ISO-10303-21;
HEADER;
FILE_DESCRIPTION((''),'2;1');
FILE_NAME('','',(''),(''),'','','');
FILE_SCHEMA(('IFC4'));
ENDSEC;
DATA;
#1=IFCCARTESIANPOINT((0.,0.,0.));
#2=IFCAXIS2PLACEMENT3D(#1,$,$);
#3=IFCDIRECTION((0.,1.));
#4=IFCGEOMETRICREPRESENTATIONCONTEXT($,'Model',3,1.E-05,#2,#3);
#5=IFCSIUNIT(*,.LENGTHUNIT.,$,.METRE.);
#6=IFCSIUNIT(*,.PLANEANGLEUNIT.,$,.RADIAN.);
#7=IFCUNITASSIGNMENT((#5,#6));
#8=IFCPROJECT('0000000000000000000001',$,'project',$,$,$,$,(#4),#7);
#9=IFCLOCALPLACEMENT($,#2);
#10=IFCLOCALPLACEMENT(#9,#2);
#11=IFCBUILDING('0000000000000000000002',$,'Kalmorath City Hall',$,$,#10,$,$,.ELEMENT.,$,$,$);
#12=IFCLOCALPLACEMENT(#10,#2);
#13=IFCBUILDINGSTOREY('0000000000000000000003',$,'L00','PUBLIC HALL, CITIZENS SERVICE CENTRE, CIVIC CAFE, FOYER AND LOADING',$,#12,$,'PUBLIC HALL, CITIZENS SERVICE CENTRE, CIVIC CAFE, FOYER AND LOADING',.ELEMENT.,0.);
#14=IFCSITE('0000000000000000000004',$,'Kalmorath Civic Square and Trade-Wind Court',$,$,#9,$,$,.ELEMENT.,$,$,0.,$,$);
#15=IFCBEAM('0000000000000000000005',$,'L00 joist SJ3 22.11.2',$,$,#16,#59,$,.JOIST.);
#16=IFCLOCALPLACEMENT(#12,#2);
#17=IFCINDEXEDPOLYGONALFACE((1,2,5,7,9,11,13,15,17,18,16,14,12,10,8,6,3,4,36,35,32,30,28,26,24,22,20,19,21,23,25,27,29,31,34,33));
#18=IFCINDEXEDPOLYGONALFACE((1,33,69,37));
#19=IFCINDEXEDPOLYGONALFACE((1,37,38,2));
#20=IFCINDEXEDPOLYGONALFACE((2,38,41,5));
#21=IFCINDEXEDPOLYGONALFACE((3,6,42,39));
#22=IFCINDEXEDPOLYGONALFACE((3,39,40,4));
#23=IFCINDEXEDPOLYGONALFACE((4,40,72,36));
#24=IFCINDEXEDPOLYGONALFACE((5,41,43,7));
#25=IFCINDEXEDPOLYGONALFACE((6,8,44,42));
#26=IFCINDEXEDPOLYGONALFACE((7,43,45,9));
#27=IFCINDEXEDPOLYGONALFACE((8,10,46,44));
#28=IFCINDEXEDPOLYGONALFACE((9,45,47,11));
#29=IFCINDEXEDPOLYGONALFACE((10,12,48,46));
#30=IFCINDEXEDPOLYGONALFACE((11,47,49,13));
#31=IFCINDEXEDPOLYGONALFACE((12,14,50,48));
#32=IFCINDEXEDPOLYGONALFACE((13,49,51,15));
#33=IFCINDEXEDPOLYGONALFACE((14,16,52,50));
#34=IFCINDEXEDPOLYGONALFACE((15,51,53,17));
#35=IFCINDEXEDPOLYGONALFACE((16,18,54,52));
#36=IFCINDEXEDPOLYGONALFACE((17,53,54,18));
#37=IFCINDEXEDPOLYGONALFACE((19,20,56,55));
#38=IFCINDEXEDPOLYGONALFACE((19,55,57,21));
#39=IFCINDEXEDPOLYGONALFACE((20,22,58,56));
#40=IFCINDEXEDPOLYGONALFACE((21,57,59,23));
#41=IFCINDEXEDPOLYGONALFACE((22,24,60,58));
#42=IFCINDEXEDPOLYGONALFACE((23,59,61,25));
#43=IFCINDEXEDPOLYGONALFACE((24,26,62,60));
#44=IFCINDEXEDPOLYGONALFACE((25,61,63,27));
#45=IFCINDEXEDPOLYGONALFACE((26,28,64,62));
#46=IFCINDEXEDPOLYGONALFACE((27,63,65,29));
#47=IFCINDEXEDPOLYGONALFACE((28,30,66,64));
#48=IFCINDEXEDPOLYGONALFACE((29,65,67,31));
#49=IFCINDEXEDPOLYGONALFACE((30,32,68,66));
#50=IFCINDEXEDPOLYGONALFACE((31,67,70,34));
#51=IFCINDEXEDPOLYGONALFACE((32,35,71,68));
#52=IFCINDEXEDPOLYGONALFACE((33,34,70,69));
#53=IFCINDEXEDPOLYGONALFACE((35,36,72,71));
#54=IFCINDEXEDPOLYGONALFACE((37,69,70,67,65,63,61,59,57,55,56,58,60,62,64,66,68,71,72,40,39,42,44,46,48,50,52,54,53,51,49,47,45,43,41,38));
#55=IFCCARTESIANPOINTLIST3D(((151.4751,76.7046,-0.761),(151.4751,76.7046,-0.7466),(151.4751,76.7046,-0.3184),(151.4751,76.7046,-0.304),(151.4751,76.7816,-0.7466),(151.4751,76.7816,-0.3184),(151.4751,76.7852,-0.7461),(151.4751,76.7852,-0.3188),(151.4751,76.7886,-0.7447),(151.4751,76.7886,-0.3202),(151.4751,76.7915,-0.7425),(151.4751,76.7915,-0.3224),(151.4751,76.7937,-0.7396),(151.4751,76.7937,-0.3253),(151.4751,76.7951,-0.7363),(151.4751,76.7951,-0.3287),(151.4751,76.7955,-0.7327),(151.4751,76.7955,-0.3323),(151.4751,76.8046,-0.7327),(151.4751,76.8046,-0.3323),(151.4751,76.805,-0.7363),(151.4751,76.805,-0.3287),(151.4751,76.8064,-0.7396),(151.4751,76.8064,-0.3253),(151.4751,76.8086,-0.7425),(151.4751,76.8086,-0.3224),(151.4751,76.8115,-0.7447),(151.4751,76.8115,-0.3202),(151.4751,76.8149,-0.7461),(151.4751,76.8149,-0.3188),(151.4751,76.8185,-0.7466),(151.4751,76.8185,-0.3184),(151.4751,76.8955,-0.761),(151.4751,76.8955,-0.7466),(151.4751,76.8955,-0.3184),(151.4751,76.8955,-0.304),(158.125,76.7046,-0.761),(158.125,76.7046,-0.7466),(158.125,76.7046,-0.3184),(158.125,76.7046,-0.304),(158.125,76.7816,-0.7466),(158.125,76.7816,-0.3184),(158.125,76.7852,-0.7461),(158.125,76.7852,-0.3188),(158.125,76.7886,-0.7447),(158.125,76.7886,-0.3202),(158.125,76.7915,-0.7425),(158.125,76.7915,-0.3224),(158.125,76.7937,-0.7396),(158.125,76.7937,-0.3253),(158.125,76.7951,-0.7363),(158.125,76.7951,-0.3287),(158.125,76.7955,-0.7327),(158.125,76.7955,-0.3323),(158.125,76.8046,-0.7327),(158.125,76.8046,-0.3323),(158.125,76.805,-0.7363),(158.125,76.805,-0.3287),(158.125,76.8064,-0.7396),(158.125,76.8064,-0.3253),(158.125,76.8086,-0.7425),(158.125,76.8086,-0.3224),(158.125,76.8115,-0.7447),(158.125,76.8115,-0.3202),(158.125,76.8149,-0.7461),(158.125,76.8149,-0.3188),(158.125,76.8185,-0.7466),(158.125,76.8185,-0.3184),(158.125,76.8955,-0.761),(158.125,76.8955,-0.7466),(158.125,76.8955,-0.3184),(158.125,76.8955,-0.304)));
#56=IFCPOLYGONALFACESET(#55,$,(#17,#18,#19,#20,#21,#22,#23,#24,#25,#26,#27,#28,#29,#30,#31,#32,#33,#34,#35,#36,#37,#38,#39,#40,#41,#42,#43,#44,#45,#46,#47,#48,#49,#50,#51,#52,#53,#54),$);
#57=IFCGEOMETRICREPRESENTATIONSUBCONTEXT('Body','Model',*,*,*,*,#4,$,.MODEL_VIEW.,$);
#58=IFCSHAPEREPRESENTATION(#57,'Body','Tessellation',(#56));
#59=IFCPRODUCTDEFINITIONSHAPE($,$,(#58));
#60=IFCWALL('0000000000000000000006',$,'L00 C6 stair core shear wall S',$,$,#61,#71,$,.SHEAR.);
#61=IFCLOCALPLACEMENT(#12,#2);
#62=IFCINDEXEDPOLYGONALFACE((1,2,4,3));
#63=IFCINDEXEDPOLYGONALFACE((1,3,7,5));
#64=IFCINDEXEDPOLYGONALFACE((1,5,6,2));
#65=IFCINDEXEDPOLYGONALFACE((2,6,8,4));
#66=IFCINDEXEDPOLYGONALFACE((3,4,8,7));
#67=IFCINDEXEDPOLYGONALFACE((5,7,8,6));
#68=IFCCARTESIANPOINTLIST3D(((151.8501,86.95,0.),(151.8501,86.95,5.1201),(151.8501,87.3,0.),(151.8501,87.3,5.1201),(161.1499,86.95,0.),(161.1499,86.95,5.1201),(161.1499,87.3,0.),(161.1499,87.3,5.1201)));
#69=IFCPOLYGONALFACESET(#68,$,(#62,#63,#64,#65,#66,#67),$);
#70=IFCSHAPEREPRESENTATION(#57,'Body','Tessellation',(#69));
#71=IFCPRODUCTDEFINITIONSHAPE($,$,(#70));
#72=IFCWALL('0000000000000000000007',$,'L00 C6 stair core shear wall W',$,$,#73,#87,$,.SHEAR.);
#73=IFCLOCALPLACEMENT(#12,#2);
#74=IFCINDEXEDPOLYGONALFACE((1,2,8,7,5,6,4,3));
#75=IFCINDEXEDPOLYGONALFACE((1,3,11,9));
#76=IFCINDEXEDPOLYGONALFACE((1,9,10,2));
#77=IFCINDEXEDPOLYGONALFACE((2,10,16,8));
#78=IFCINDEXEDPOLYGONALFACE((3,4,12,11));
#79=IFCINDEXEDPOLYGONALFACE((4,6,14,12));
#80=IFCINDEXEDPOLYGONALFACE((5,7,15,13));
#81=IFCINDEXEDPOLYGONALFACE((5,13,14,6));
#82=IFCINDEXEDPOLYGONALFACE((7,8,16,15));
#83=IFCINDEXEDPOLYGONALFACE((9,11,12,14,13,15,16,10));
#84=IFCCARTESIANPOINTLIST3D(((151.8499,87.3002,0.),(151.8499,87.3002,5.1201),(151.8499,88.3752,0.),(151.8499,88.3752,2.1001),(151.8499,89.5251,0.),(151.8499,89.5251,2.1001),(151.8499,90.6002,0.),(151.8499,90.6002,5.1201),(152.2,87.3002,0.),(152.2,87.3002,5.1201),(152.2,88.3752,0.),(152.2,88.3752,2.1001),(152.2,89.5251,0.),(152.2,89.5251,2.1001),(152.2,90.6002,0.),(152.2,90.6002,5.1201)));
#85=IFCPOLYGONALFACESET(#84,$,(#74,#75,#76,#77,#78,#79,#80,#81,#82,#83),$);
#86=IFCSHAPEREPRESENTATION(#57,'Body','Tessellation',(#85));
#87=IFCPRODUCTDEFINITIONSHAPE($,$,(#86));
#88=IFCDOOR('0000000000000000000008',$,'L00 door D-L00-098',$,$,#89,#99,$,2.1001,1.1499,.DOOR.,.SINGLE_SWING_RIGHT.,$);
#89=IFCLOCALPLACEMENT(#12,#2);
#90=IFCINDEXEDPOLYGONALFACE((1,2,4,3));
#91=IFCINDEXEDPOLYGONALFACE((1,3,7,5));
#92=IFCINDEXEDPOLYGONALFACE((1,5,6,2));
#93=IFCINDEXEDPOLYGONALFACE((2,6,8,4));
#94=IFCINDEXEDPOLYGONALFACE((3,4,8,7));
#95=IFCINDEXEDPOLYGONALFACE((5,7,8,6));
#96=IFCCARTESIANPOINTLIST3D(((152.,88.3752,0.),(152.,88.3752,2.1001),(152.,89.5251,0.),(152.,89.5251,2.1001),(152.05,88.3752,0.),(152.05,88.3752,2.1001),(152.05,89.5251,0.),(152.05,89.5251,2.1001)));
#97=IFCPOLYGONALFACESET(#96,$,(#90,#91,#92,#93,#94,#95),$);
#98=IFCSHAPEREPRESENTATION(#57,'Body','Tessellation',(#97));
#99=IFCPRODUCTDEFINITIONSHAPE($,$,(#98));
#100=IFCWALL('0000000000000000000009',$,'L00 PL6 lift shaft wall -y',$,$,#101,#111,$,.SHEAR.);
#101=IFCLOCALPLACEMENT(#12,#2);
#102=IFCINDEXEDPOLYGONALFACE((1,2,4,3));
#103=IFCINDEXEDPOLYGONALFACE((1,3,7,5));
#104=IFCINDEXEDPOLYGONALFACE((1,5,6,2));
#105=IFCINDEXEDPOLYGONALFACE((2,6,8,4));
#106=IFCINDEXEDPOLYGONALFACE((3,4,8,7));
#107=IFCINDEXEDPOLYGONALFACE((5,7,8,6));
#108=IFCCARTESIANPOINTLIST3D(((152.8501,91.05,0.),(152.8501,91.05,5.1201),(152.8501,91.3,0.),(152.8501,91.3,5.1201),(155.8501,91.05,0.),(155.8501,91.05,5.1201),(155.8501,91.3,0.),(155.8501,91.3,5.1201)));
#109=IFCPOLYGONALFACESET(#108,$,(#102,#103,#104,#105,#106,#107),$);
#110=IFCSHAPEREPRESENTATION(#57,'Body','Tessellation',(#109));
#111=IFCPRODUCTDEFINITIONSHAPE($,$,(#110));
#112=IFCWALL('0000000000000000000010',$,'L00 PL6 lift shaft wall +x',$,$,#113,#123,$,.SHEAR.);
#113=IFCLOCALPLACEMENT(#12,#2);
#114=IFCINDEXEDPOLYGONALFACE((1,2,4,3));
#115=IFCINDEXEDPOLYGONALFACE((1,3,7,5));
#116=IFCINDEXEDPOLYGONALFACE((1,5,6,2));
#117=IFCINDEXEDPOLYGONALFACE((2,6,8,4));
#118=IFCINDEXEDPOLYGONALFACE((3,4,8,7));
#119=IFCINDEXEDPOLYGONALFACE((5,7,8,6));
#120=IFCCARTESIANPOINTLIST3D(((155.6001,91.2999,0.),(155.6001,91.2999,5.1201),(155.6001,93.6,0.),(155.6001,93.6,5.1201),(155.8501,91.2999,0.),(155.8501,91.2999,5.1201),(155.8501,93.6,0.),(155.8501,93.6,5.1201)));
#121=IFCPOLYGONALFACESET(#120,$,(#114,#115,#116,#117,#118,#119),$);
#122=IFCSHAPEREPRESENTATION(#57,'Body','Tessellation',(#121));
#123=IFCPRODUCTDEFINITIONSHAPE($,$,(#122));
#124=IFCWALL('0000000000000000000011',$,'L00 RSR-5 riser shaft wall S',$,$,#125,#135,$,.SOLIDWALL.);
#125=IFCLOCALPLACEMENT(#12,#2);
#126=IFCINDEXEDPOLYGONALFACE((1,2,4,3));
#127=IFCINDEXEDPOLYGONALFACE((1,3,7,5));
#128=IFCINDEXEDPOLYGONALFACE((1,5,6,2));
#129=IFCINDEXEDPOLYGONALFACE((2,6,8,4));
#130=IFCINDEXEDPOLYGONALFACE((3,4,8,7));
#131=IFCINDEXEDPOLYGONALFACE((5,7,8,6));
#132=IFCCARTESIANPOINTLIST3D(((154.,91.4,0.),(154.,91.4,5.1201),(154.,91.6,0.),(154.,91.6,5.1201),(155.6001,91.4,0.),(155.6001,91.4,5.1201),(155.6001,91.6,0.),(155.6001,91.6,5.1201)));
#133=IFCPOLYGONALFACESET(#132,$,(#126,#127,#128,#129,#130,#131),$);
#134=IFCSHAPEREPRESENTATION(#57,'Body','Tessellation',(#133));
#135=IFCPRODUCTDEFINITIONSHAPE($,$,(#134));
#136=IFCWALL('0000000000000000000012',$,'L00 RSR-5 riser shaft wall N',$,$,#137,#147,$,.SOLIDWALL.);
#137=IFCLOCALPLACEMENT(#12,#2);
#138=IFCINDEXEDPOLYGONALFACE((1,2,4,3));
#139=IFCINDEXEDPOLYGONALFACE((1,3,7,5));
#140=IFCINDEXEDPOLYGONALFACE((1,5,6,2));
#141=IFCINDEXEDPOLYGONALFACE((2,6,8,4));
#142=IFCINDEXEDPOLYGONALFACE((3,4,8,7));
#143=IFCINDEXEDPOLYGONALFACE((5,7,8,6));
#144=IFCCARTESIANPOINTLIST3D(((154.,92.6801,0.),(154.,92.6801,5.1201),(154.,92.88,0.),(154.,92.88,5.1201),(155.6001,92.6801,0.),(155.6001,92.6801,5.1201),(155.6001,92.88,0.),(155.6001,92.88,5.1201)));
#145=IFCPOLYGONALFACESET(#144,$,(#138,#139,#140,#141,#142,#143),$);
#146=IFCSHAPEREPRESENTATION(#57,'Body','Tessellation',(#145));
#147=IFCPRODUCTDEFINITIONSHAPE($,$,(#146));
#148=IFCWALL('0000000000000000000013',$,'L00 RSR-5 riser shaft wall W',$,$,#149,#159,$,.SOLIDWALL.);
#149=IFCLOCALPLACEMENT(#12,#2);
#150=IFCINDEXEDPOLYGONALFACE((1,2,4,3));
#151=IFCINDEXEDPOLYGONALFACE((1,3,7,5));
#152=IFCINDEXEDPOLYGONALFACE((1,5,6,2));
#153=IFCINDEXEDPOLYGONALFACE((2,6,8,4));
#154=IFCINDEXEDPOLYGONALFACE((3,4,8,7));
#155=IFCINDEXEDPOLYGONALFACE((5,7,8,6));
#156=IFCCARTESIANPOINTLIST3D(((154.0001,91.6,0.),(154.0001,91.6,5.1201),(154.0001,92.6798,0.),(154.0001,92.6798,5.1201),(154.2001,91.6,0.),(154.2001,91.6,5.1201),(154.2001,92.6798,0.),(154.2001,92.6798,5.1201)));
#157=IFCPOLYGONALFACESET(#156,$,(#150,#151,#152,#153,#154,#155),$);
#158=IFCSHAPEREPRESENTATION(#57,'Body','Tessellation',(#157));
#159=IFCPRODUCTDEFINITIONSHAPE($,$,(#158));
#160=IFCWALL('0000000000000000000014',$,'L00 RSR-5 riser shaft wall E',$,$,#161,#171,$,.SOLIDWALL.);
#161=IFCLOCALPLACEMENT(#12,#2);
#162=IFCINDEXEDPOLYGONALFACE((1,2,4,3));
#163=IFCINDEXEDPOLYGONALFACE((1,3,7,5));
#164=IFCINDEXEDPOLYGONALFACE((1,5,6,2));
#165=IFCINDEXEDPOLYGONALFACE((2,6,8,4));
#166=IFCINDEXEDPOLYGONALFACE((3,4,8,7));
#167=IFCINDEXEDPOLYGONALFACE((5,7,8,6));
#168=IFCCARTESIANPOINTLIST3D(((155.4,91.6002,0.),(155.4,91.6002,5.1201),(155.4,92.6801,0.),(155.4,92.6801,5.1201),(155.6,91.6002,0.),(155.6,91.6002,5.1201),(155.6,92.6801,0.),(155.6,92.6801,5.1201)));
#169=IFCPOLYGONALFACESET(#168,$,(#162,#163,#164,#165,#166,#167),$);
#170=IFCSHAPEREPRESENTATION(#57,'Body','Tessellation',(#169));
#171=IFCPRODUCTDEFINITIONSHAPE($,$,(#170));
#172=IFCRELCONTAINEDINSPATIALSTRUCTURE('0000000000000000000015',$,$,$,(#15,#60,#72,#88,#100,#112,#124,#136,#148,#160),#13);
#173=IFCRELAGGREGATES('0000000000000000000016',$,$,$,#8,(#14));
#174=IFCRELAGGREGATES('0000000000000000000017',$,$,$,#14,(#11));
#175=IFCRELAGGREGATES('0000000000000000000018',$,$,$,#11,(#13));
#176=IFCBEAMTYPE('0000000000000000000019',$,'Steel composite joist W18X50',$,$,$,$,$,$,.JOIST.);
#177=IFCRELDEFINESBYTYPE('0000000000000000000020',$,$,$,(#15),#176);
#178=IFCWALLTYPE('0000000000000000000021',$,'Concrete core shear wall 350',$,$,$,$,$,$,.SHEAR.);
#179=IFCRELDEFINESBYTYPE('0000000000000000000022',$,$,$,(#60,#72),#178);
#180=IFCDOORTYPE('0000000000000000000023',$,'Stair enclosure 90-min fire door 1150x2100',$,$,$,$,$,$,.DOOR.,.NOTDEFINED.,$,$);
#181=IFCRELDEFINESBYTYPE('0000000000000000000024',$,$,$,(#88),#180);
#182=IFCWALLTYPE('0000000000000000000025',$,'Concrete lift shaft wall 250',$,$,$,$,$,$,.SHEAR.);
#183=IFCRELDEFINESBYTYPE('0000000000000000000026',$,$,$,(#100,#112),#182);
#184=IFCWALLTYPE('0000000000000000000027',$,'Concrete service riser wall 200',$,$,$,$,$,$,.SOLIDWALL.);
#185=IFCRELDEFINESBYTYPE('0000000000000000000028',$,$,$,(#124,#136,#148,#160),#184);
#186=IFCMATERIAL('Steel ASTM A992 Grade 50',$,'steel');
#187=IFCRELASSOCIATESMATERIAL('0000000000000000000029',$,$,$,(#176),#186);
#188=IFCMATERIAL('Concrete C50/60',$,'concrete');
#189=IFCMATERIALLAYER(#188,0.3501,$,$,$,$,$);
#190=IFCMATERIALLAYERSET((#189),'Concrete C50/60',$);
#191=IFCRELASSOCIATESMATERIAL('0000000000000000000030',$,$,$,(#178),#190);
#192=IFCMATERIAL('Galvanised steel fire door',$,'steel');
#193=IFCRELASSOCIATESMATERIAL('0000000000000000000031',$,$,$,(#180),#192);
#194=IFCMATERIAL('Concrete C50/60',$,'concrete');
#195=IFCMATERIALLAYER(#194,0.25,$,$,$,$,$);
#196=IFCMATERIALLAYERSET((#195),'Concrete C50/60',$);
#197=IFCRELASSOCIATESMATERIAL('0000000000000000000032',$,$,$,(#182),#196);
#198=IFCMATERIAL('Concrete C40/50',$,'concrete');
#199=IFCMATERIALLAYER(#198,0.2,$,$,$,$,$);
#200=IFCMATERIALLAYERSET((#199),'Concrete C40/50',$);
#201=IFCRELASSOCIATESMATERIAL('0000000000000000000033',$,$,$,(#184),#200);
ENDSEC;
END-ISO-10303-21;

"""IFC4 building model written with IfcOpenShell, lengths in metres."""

from ifc_helpers import new_model, si_unit, direction, frame, frame_2d, origin, origin_2d, place, context, subcontext, project, spatial, rectangle, i_section, extrude, material, layer, layer_set, material_profile, profile_set, type_object, element, fill, save


model = new_model("IFC4")

# Units and contexts
model_context = context("Model", 3, precision=1e-05, world=origin(), true_north=direction((0.0, 1.0)))
body_context = subcontext(model_context, "Body", "Model", "MODEL_VIEW")
ifc_project = project(units=[si_unit("LENGTHUNIT", "METRE"), si_unit("PLANEANGLEUNIT", "RADIAN")], contexts=[model_context])

# Site, building, storey
site_placement = place(None, origin())
site = spatial("IfcSite", under=ifc_project, at=site_placement, Name="Kalmorath Civic Square and Trade-Wind Court", CompositionType="ELEMENT", RefElevation=0.0)
building_placement = place(site_placement, origin())
building = spatial("IfcBuilding", under=site, at=building_placement, Name="Kalmorath City Hall", CompositionType="ELEMENT")
storey_placement = place(building_placement, origin())
storey = spatial("IfcBuildingStorey", under=building, at=storey_placement, Name="L00", Description="PUBLIC HALL, CITIZENS SERVICE CENTRE, CIVIC CAFE, FOYER AND LOADING", LongName="PUBLIC HALL, CITIZENS SERVICE CENTRE, CIVIC CAFE, FOYER AND LOADING", CompositionType="ELEMENT", Elevation=0.0)

# Beam
ifc_material_1 = material(Name="Steel ASTM A992 Grade 50", Category="steel")
ifc_material_profile_1 = material_profile(ifc_material_1, i_section(OverallWidth=0.1909, OverallDepth=0.457, WebThickness=0.009, FlangeThickness=0.0144, FilletRadius=0.0139, at=origin_2d()), Name="W18X50")
ifc_profile_set_1 = profile_set([ifc_material_profile_1], Name="Steel ASTM A992 Grade 50")
beam_type_1 = type_object("IfcBeamType", Name="Steel composite joist W18X50", PredefinedType="JOIST", material=ifc_profile_set_1)
beam_1_placement = place(storey_placement, frame((151.4751, 76.8, -0.5325), z_axis=(1.0, 0.0, 0.0), x_axis=(0.0, 1.0, 0.0)))
element("IfcBeam", 1, at=beam_1_placement, inside=storey, type_object=beam_type_1, Name="L00 joist SJ3 22.11.2", PredefinedType="JOIST", context=body_context, shape_type="SweptSolid", body=[
    extrude(i_section(OverallWidth=0.1909, OverallDepth=0.457, WebThickness=0.009, FlangeThickness=0.0144, FilletRadius=0.0139, at=origin_2d()), origin(), (0.0, 0.0, 1.0), 6.6499),
])

# Wall
ifc_material_2 = material(Name="Concrete C50/60", Category="concrete")
ifc_layer_1 = layer(ifc_material_2, 0.3501)
ifc_layer_set_1 = layer_set([ifc_layer_1], Name="Concrete C50/60")
wall_type_1 = type_object("IfcWallType", Name="Concrete core shear wall 350", PredefinedType="SHEAR", material=ifc_layer_set_1)
wall_1_placement = place(storey_placement, frame((151.8501, 87.125, 0.0), z_axis=(0.0, 0.0, 1.0), x_axis=(1.0, 0.0, 0.0)))
element("IfcWall", 2, at=wall_1_placement, inside=storey, type_object=wall_type_1, Name="L00 C6 stair core shear wall S", PredefinedType="SHEAR", context=body_context, shape_type="SweptSolid", body=[
    extrude(rectangle(XDim=9.2998, YDim=0.3501, at=frame_2d((4.6499, 0.0))), origin(), (0.0, 0.0, 1.0), 5.1201),
])

# Wall, opening, door
wall_2_placement = place(storey_placement, frame((152.0249, 90.6001, 0.0), z_axis=(0.0, 0.0, 1.0), x_axis=(0.0, -1.0, 0.0)))
wall_2 = element("IfcWall", 3, at=wall_2_placement, inside=storey, type_object=wall_type_1, Name="L00 C6 stair core shear wall W", PredefinedType="SHEAR", context=body_context, shape_type="SweptSolid", body=[
    extrude(rectangle(XDim=3.3, YDim=0.3501, at=frame_2d((1.6499, 0.0))), origin(), (0.0, 0.0, 1.0), 5.1201),
])
opening_placement = place(wall_2_placement, frame((1.075, 0.0, 0.0)))
opening = element("IfcOpeningElement", 4, at=opening_placement, cuts=wall_2, PredefinedType="OPENING", context=body_context, shape_type="SweptSolid", body=[
    extrude(rectangle(XDim=1.1499, YDim=2.1001, at=frame_2d((0.575, 1.05))), frame((0.0, 0.1851, 0.0), z_axis=(0.0, -1.0, 0.0), x_axis=(1.0, 0.0, 0.0)), (0.0, 0.0, 1.0), 0.3701),
])
ifc_material_3 = material(Name="Galvanised steel fire door", Category="steel")
door_type = type_object("IfcDoorType", Name="Stair enclosure 90-min fire door 1150x2100", OperationType="NOTDEFINED", PredefinedType="DOOR", material=ifc_material_3)
door_placement = place(opening_placement, frame((1.1499, 0.0, 0.0), z_axis=(0.0, 0.0, 1.0), x_axis=(-1.0, 0.0, 0.0)))
door = element("IfcDoor", 5, at=door_placement, inside=storey, type_object=door_type, Name="L00 door D-L00-098", OperationType="SINGLE_SWING_RIGHT", OverallHeight=2.1001, OverallWidth=1.1499, PredefinedType="DOOR", context=body_context, shape_type="SweptSolid", body=[
    extrude(rectangle(XDim=1.1499, YDim=2.1001, at=frame_2d((0.575, 1.05))), frame((0.0, 0.0249, 0.0), z_axis=(0.0, -1.0, 0.0), x_axis=(1.0, 0.0, 0.0)), (0.0, 0.0, 1.0), 0.05),
])
fill(opening, door)

# Walls
ifc_material_4 = material(Name="Concrete C50/60", Category="concrete")
ifc_layer_2 = layer(ifc_material_4, 0.25)
ifc_layer_set_2 = layer_set([ifc_layer_2], Name="Concrete C50/60")
wall_type_2 = type_object("IfcWallType", Name="Concrete lift shaft wall 250", PredefinedType="SHEAR", material=ifc_layer_set_2)
wall_3_placement = place(storey_placement, frame((152.8501, 91.175, 0.0), z_axis=(0.0, 0.0, 1.0), x_axis=(1.0, 0.0, 0.0)))
element("IfcWall", 6, at=wall_3_placement, inside=storey, type_object=wall_type_2, Name="L00 PL6 lift shaft wall -y", PredefinedType="SHEAR", context=body_context, shape_type="SweptSolid", body=[
    extrude(rectangle(XDim=3.0, YDim=0.25, at=frame_2d((1.5, 0.0))), origin(), (0.0, 0.0, 1.0), 5.1201),
])
wall_4_placement = place(storey_placement, frame((155.7251, 91.3, 0.0), z_axis=(0.0, 0.0, 1.0), x_axis=(0.0, 1.0, 0.0)))
element("IfcWall", 7, at=wall_4_placement, inside=storey, type_object=wall_type_2, Name="L00 PL6 lift shaft wall +x", PredefinedType="SHEAR", context=body_context, shape_type="SweptSolid", body=[
    extrude(rectangle(XDim=2.3, YDim=0.25, at=frame_2d((1.1499, 0.0))), origin(), (0.0, 0.0, 1.0), 5.1201),
])
ifc_material_5 = material(Name="Concrete C40/50", Category="concrete")
ifc_layer_3 = layer(ifc_material_5, 0.2)
ifc_layer_set_3 = layer_set([ifc_layer_3], Name="Concrete C40/50")
wall_type_3 = type_object("IfcWallType", Name="Concrete service riser wall 200", PredefinedType="SOLIDWALL", material=ifc_layer_set_3)
for number, where, z_axis, x_axis, name in (
    (8, (154.0, 91.5, 0.0), (0.0, 0.0, 1.0), (1.0, 0.0, 0.0), "L00 RSR-5 riser shaft wall S"),
    (9, (155.6001, 92.78, 0.0), (0.0, 0.0, 1.0), (-1.0, 0.0, 0.0), "L00 RSR-5 riser shaft wall N"),
):
    element("IfcWall", number, at=place(storey_placement, frame(where, z_axis=z_axis, x_axis=x_axis)), inside=storey, type_object=wall_type_3, Name=name, PredefinedType="SOLIDWALL", context=body_context, shape_type="SweptSolid", body=[
        extrude(rectangle(XDim=1.6001, YDim=0.2, at=frame_2d((0.8, 0.0))), origin(), (0.0, 0.0, 1.0), 5.1201),
    ])
for number, where, z_axis, x_axis, name in (
    (10, (154.1001, 92.6799, 0.0), (0.0, 0.0, 1.0), (0.0, -1.0, 0.0), "L00 RSR-5 riser shaft wall W"),
    (11, (155.5, 91.6001, 0.0), (0.0, 0.0, 1.0), (0.0, 1.0, 0.0), "L00 RSR-5 riser shaft wall E"),
):
    element("IfcWall", number, at=place(storey_placement, frame(where, z_axis=z_axis, x_axis=x_axis)), inside=storey, type_object=wall_type_3, Name=name, PredefinedType="SOLIDWALL", context=body_context, shape_type="SweptSolid", body=[
        extrude(rectangle(XDim=1.0798, YDim=0.2, at=frame_2d((0.54, 0.0))), origin(), (0.0, 0.0, 1.0), 5.1201),
    ])

save(model, "model.ifc")
